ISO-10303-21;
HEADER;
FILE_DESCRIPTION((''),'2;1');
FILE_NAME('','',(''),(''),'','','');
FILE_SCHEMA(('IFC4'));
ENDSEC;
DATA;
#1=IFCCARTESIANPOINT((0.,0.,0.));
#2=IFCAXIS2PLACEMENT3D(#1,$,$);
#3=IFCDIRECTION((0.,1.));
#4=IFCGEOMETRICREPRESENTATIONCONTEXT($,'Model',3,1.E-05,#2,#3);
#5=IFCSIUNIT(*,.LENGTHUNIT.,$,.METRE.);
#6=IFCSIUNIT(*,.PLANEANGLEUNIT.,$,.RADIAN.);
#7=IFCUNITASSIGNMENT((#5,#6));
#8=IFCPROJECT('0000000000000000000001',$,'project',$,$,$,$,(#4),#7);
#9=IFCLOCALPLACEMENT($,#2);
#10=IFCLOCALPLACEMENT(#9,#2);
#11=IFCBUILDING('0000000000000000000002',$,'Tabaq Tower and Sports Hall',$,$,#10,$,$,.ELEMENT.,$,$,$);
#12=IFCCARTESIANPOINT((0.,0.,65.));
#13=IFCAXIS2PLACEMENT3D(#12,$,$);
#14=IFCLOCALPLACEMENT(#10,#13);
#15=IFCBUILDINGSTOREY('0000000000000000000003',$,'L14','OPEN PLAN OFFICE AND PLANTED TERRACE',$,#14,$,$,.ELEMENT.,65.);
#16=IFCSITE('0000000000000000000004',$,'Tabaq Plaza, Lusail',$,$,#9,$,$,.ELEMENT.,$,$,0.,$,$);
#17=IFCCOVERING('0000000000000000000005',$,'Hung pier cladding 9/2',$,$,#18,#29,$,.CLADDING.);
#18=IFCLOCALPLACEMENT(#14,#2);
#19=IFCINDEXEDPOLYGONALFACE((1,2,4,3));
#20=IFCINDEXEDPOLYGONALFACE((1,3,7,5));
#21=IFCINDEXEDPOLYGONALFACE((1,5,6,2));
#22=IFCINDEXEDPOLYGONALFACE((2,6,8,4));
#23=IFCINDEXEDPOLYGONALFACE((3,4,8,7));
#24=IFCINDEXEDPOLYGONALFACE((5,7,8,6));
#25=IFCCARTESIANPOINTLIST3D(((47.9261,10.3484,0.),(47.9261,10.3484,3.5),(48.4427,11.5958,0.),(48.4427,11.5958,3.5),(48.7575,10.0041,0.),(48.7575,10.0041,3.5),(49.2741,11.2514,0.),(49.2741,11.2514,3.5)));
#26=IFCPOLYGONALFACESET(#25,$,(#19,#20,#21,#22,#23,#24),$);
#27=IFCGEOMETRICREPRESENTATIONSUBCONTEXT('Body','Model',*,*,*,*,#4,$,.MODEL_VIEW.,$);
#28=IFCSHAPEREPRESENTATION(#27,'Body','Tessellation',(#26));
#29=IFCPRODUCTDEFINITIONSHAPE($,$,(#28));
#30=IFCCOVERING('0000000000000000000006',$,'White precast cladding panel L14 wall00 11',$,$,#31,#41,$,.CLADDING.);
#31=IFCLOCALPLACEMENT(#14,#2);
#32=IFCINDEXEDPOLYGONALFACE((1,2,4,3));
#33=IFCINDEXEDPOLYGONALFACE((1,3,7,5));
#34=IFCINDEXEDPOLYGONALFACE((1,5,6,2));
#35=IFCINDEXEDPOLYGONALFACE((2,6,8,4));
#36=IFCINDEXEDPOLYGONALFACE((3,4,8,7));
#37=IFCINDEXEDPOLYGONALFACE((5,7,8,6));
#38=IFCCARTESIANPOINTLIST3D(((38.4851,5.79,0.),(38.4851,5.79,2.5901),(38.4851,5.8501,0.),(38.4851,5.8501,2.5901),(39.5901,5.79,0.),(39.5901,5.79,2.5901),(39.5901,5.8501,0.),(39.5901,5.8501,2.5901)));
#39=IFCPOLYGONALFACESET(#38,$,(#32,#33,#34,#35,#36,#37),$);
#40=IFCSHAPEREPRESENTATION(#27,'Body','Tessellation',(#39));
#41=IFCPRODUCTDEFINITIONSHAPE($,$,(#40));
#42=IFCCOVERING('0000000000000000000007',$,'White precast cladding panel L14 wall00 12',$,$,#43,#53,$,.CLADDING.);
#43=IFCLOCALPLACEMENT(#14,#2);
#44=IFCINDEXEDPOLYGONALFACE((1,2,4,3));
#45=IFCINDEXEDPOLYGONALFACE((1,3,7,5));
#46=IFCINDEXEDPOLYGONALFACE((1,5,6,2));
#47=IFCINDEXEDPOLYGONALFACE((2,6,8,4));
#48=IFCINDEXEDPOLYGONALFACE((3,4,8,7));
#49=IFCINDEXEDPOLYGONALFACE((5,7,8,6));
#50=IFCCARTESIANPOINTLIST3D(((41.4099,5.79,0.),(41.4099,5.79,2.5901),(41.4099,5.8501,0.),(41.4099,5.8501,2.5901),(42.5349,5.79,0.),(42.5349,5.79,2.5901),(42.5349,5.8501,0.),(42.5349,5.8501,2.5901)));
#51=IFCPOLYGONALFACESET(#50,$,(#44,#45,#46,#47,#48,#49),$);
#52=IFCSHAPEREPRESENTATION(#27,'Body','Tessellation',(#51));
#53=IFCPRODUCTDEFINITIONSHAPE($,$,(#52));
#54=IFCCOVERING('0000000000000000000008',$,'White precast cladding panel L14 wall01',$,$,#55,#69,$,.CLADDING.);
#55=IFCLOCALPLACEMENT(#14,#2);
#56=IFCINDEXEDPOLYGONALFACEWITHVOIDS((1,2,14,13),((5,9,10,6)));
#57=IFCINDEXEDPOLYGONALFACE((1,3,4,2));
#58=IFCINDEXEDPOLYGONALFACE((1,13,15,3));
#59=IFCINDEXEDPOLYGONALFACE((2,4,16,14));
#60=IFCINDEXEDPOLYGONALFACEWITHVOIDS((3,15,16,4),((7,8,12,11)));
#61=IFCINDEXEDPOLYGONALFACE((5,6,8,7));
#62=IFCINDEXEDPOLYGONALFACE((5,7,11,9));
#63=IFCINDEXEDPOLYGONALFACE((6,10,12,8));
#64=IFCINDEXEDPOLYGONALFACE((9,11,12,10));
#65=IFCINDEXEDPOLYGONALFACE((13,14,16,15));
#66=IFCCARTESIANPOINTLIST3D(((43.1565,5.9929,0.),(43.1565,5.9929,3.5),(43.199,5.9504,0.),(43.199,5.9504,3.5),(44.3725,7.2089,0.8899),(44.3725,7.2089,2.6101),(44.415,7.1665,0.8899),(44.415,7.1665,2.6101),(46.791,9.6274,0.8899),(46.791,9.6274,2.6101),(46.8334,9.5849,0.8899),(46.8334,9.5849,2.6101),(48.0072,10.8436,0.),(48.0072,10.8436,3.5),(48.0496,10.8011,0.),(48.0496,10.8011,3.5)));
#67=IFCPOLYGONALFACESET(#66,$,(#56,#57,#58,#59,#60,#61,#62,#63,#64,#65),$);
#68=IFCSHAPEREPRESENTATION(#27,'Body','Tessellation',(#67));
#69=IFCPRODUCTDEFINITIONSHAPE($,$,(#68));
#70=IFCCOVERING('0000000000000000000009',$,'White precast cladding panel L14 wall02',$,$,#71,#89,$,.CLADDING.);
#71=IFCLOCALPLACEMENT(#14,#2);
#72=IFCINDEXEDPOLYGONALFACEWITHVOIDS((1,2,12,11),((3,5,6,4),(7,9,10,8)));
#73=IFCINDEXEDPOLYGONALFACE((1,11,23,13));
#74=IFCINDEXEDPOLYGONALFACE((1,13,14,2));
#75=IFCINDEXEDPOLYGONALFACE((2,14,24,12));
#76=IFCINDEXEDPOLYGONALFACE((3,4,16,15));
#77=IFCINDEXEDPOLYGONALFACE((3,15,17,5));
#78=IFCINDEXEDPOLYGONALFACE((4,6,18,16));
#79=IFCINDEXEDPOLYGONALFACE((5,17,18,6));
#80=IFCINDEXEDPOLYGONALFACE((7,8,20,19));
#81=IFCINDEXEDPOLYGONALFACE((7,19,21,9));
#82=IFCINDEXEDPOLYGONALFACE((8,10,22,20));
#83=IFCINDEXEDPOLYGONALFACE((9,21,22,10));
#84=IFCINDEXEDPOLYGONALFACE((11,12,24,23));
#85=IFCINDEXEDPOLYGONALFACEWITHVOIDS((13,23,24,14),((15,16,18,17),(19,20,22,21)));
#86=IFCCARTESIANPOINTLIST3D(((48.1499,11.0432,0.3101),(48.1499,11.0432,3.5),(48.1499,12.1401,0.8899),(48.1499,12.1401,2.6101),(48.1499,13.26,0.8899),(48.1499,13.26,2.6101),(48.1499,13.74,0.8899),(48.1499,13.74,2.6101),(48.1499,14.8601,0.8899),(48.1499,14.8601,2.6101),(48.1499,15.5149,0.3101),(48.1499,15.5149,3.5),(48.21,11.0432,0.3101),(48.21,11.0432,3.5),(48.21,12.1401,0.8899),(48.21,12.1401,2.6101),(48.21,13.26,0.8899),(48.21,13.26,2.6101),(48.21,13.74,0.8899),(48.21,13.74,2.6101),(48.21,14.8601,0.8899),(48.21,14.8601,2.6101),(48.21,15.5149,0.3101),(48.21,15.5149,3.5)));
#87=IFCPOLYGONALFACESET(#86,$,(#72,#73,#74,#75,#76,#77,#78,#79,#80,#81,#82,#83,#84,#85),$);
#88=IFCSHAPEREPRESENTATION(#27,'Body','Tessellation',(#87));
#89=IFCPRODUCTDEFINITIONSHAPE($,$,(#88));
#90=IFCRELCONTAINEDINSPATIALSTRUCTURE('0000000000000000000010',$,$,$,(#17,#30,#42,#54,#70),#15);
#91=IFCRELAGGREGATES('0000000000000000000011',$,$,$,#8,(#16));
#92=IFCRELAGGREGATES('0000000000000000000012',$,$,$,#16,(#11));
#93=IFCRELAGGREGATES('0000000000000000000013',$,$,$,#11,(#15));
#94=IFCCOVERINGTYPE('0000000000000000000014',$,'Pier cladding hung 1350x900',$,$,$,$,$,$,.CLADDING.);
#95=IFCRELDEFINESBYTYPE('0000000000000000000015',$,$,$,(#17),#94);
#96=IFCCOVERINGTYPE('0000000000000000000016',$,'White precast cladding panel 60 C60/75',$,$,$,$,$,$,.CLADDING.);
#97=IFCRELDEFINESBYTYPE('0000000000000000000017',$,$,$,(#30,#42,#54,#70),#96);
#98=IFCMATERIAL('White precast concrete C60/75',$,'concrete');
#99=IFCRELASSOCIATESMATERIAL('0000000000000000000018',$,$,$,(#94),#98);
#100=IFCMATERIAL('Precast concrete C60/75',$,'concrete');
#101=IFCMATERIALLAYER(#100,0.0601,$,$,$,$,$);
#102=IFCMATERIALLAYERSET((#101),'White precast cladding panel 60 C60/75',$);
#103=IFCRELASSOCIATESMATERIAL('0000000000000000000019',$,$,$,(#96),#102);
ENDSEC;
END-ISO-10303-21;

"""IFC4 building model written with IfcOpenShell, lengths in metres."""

from ifc_helpers import new_model, si_unit, direction, frame, frame_2d, origin, place, context, subcontext, project, spatial, polyline, rectangle, outline, extrude, material, layer, layer_set, type_object, element, save


model = new_model("IFC4")

# Units and contexts
model_context = context("Model", 3, precision=1e-05, world=origin(), true_north=direction((0.0, 1.0)))
body_context = subcontext(model_context, "Body", "Model", "MODEL_VIEW")
ifc_project = project(units=[si_unit("LENGTHUNIT", "METRE"), si_unit("PLANEANGLEUNIT", "RADIAN")], contexts=[model_context])

# Site, building, storey
site_placement = place(None, origin())
site = spatial("IfcSite", under=ifc_project, at=site_placement, Name="Tabaq Plaza, Lusail", CompositionType="ELEMENT", RefElevation=0.0)
building_placement = place(site_placement, origin())
building = spatial("IfcBuilding", under=site, at=building_placement, Name="Tabaq Tower and Sports Hall", CompositionType="ELEMENT")
storey_placement = place(building_placement, frame((0.0, 0.0, 65.0)))
storey = spatial("IfcBuildingStorey", under=building, at=storey_placement, Name="L14", Description="OPEN PLAN OFFICE AND PLANTED TERRACE", CompositionType="ELEMENT", Elevation=65.0)

# Coverings
ifc_material_1 = material(Name="White precast concrete C60/75", Category="concrete")
covering_type_1 = type_object("IfcCoveringType", Name="Pier cladding hung 1350x900", PredefinedType="CLADDING", material=ifc_material_1)
covering_1_placement = place(storey_placement, frame((48.3418, 10.1763, 0.0), z_axis=(0.0, 0.0, 1.0), x_axis=(0.38265, 0.923893, 0.0)))
element("IfcCovering", 1, at=covering_1_placement, inside=storey, type_object=covering_type_1, Name="Hung pier cladding 9/2", PredefinedType="CLADDING", context=body_context, shape_type="SweptSolid", body=[
    extrude(rectangle(XDim=1.3501, YDim=0.8999, at=frame_2d((0.675, 0.0))), origin(), (0.0, 0.0, 1.0), 3.5),
])
ifc_material_2 = material(Name="Precast concrete C60/75", Category="concrete")
ifc_layer_1 = layer(ifc_material_2, 0.0601)
ifc_layer_set_1 = layer_set([ifc_layer_1], Name="White precast cladding panel 60 C60/75")
covering_type_2 = type_object("IfcCoveringType", Name="White precast cladding panel 60 C60/75", PredefinedType="CLADDING", material=ifc_layer_set_1)
covering_2_placement = place(storey_placement, frame((38.4851, 5.8201, 0.0), z_axis=(0.0, 0.0, 1.0), x_axis=(1.0, 0.0, 0.0)))
element("IfcCovering", 2, at=covering_2_placement, inside=storey, type_object=covering_type_2, Name="White precast cladding panel L14 wall00 11", PredefinedType="CLADDING", context=body_context, shape_type="SweptSolid", body=[
    extrude(rectangle(XDim=1.105, YDim=0.0601, at=frame_2d((0.5525, 0.0))), origin(), (0.0, 0.0, 1.0), 2.5901),
])
covering_3_placement = place(storey_placement, frame((41.4099, 5.8201, 0.0), z_axis=(0.0, 0.0, 1.0), x_axis=(1.0, 0.0, 0.0)))
element("IfcCovering", 3, at=covering_3_placement, inside=storey, type_object=covering_type_2, Name="White precast cladding panel L14 wall00 12", PredefinedType="CLADDING", context=body_context, shape_type="SweptSolid", body=[
    extrude(rectangle(XDim=1.125, YDim=0.0601, at=frame_2d((0.5625, 0.0))), origin(), (0.0, 0.0, 1.0), 2.5901),
])
covering_4_placement = place(storey_placement, frame((43.1777, 5.9717, 0.0), z_axis=(0.0, 0.0, 1.0), x_axis=(0.707107, 0.707107, 0.0)))
element("IfcCovering", 4, at=covering_4_placement, inside=storey, type_object=covering_type_2, Name="White precast cladding panel L14 wall01", PredefinedType="CLADDING", context=body_context, shape_type="SweptSolid", body=[
    extrude(outline(polyline([(0.0, 0.0), (6.8599, 0.0), (6.8599, 3.5), (0.0, 3.5), (0.0, 0.0)]), holes=[polyline([(1.7197, 0.8899), (1.7197, 2.6101), (5.1399, 2.6101), (5.1399, 0.8899), (1.7197, 0.8899)])]), frame((0.0, 0.03, 0.0), z_axis=(0.0, -1.0, 0.0), x_axis=(1.0, 0.0, 0.0)), (0.0, 0.0, 1.0), 0.0601),
])
covering_5_placement = place(storey_placement, frame((48.1799, 11.0432, 0.3101), z_axis=(0.0, 0.0, 1.0), x_axis=(0.0, 1.0, 0.0)))
element("IfcCovering", 5, at=covering_5_placement, inside=storey, type_object=covering_type_2, Name="White precast cladding panel L14 wall02", PredefinedType="CLADDING", context=body_context, shape_type="SweptSolid", body=[
    extrude(outline(polyline([(0.0, 0.0), (4.4717, 0.0), (4.4717, 3.1899), (0.0, 3.1899), (0.0, 0.0)]), holes=[polyline([(1.0969, 2.3), (2.2168, 2.3), (2.2168, 0.5798), (1.0969, 0.5798), (1.0969, 2.3)]), polyline([(2.6968, 2.3), (3.8169, 2.3), (3.8169, 0.5798), (2.6968, 0.5798), (2.6968, 2.3)])]), frame((0.0, 0.03, 0.0), z_axis=(0.0, -1.0, 0.0), x_axis=(1.0, 0.0, 0.0)), (0.0, 0.0, 1.0), 0.0601),
])

save(model, "model.ifc")
